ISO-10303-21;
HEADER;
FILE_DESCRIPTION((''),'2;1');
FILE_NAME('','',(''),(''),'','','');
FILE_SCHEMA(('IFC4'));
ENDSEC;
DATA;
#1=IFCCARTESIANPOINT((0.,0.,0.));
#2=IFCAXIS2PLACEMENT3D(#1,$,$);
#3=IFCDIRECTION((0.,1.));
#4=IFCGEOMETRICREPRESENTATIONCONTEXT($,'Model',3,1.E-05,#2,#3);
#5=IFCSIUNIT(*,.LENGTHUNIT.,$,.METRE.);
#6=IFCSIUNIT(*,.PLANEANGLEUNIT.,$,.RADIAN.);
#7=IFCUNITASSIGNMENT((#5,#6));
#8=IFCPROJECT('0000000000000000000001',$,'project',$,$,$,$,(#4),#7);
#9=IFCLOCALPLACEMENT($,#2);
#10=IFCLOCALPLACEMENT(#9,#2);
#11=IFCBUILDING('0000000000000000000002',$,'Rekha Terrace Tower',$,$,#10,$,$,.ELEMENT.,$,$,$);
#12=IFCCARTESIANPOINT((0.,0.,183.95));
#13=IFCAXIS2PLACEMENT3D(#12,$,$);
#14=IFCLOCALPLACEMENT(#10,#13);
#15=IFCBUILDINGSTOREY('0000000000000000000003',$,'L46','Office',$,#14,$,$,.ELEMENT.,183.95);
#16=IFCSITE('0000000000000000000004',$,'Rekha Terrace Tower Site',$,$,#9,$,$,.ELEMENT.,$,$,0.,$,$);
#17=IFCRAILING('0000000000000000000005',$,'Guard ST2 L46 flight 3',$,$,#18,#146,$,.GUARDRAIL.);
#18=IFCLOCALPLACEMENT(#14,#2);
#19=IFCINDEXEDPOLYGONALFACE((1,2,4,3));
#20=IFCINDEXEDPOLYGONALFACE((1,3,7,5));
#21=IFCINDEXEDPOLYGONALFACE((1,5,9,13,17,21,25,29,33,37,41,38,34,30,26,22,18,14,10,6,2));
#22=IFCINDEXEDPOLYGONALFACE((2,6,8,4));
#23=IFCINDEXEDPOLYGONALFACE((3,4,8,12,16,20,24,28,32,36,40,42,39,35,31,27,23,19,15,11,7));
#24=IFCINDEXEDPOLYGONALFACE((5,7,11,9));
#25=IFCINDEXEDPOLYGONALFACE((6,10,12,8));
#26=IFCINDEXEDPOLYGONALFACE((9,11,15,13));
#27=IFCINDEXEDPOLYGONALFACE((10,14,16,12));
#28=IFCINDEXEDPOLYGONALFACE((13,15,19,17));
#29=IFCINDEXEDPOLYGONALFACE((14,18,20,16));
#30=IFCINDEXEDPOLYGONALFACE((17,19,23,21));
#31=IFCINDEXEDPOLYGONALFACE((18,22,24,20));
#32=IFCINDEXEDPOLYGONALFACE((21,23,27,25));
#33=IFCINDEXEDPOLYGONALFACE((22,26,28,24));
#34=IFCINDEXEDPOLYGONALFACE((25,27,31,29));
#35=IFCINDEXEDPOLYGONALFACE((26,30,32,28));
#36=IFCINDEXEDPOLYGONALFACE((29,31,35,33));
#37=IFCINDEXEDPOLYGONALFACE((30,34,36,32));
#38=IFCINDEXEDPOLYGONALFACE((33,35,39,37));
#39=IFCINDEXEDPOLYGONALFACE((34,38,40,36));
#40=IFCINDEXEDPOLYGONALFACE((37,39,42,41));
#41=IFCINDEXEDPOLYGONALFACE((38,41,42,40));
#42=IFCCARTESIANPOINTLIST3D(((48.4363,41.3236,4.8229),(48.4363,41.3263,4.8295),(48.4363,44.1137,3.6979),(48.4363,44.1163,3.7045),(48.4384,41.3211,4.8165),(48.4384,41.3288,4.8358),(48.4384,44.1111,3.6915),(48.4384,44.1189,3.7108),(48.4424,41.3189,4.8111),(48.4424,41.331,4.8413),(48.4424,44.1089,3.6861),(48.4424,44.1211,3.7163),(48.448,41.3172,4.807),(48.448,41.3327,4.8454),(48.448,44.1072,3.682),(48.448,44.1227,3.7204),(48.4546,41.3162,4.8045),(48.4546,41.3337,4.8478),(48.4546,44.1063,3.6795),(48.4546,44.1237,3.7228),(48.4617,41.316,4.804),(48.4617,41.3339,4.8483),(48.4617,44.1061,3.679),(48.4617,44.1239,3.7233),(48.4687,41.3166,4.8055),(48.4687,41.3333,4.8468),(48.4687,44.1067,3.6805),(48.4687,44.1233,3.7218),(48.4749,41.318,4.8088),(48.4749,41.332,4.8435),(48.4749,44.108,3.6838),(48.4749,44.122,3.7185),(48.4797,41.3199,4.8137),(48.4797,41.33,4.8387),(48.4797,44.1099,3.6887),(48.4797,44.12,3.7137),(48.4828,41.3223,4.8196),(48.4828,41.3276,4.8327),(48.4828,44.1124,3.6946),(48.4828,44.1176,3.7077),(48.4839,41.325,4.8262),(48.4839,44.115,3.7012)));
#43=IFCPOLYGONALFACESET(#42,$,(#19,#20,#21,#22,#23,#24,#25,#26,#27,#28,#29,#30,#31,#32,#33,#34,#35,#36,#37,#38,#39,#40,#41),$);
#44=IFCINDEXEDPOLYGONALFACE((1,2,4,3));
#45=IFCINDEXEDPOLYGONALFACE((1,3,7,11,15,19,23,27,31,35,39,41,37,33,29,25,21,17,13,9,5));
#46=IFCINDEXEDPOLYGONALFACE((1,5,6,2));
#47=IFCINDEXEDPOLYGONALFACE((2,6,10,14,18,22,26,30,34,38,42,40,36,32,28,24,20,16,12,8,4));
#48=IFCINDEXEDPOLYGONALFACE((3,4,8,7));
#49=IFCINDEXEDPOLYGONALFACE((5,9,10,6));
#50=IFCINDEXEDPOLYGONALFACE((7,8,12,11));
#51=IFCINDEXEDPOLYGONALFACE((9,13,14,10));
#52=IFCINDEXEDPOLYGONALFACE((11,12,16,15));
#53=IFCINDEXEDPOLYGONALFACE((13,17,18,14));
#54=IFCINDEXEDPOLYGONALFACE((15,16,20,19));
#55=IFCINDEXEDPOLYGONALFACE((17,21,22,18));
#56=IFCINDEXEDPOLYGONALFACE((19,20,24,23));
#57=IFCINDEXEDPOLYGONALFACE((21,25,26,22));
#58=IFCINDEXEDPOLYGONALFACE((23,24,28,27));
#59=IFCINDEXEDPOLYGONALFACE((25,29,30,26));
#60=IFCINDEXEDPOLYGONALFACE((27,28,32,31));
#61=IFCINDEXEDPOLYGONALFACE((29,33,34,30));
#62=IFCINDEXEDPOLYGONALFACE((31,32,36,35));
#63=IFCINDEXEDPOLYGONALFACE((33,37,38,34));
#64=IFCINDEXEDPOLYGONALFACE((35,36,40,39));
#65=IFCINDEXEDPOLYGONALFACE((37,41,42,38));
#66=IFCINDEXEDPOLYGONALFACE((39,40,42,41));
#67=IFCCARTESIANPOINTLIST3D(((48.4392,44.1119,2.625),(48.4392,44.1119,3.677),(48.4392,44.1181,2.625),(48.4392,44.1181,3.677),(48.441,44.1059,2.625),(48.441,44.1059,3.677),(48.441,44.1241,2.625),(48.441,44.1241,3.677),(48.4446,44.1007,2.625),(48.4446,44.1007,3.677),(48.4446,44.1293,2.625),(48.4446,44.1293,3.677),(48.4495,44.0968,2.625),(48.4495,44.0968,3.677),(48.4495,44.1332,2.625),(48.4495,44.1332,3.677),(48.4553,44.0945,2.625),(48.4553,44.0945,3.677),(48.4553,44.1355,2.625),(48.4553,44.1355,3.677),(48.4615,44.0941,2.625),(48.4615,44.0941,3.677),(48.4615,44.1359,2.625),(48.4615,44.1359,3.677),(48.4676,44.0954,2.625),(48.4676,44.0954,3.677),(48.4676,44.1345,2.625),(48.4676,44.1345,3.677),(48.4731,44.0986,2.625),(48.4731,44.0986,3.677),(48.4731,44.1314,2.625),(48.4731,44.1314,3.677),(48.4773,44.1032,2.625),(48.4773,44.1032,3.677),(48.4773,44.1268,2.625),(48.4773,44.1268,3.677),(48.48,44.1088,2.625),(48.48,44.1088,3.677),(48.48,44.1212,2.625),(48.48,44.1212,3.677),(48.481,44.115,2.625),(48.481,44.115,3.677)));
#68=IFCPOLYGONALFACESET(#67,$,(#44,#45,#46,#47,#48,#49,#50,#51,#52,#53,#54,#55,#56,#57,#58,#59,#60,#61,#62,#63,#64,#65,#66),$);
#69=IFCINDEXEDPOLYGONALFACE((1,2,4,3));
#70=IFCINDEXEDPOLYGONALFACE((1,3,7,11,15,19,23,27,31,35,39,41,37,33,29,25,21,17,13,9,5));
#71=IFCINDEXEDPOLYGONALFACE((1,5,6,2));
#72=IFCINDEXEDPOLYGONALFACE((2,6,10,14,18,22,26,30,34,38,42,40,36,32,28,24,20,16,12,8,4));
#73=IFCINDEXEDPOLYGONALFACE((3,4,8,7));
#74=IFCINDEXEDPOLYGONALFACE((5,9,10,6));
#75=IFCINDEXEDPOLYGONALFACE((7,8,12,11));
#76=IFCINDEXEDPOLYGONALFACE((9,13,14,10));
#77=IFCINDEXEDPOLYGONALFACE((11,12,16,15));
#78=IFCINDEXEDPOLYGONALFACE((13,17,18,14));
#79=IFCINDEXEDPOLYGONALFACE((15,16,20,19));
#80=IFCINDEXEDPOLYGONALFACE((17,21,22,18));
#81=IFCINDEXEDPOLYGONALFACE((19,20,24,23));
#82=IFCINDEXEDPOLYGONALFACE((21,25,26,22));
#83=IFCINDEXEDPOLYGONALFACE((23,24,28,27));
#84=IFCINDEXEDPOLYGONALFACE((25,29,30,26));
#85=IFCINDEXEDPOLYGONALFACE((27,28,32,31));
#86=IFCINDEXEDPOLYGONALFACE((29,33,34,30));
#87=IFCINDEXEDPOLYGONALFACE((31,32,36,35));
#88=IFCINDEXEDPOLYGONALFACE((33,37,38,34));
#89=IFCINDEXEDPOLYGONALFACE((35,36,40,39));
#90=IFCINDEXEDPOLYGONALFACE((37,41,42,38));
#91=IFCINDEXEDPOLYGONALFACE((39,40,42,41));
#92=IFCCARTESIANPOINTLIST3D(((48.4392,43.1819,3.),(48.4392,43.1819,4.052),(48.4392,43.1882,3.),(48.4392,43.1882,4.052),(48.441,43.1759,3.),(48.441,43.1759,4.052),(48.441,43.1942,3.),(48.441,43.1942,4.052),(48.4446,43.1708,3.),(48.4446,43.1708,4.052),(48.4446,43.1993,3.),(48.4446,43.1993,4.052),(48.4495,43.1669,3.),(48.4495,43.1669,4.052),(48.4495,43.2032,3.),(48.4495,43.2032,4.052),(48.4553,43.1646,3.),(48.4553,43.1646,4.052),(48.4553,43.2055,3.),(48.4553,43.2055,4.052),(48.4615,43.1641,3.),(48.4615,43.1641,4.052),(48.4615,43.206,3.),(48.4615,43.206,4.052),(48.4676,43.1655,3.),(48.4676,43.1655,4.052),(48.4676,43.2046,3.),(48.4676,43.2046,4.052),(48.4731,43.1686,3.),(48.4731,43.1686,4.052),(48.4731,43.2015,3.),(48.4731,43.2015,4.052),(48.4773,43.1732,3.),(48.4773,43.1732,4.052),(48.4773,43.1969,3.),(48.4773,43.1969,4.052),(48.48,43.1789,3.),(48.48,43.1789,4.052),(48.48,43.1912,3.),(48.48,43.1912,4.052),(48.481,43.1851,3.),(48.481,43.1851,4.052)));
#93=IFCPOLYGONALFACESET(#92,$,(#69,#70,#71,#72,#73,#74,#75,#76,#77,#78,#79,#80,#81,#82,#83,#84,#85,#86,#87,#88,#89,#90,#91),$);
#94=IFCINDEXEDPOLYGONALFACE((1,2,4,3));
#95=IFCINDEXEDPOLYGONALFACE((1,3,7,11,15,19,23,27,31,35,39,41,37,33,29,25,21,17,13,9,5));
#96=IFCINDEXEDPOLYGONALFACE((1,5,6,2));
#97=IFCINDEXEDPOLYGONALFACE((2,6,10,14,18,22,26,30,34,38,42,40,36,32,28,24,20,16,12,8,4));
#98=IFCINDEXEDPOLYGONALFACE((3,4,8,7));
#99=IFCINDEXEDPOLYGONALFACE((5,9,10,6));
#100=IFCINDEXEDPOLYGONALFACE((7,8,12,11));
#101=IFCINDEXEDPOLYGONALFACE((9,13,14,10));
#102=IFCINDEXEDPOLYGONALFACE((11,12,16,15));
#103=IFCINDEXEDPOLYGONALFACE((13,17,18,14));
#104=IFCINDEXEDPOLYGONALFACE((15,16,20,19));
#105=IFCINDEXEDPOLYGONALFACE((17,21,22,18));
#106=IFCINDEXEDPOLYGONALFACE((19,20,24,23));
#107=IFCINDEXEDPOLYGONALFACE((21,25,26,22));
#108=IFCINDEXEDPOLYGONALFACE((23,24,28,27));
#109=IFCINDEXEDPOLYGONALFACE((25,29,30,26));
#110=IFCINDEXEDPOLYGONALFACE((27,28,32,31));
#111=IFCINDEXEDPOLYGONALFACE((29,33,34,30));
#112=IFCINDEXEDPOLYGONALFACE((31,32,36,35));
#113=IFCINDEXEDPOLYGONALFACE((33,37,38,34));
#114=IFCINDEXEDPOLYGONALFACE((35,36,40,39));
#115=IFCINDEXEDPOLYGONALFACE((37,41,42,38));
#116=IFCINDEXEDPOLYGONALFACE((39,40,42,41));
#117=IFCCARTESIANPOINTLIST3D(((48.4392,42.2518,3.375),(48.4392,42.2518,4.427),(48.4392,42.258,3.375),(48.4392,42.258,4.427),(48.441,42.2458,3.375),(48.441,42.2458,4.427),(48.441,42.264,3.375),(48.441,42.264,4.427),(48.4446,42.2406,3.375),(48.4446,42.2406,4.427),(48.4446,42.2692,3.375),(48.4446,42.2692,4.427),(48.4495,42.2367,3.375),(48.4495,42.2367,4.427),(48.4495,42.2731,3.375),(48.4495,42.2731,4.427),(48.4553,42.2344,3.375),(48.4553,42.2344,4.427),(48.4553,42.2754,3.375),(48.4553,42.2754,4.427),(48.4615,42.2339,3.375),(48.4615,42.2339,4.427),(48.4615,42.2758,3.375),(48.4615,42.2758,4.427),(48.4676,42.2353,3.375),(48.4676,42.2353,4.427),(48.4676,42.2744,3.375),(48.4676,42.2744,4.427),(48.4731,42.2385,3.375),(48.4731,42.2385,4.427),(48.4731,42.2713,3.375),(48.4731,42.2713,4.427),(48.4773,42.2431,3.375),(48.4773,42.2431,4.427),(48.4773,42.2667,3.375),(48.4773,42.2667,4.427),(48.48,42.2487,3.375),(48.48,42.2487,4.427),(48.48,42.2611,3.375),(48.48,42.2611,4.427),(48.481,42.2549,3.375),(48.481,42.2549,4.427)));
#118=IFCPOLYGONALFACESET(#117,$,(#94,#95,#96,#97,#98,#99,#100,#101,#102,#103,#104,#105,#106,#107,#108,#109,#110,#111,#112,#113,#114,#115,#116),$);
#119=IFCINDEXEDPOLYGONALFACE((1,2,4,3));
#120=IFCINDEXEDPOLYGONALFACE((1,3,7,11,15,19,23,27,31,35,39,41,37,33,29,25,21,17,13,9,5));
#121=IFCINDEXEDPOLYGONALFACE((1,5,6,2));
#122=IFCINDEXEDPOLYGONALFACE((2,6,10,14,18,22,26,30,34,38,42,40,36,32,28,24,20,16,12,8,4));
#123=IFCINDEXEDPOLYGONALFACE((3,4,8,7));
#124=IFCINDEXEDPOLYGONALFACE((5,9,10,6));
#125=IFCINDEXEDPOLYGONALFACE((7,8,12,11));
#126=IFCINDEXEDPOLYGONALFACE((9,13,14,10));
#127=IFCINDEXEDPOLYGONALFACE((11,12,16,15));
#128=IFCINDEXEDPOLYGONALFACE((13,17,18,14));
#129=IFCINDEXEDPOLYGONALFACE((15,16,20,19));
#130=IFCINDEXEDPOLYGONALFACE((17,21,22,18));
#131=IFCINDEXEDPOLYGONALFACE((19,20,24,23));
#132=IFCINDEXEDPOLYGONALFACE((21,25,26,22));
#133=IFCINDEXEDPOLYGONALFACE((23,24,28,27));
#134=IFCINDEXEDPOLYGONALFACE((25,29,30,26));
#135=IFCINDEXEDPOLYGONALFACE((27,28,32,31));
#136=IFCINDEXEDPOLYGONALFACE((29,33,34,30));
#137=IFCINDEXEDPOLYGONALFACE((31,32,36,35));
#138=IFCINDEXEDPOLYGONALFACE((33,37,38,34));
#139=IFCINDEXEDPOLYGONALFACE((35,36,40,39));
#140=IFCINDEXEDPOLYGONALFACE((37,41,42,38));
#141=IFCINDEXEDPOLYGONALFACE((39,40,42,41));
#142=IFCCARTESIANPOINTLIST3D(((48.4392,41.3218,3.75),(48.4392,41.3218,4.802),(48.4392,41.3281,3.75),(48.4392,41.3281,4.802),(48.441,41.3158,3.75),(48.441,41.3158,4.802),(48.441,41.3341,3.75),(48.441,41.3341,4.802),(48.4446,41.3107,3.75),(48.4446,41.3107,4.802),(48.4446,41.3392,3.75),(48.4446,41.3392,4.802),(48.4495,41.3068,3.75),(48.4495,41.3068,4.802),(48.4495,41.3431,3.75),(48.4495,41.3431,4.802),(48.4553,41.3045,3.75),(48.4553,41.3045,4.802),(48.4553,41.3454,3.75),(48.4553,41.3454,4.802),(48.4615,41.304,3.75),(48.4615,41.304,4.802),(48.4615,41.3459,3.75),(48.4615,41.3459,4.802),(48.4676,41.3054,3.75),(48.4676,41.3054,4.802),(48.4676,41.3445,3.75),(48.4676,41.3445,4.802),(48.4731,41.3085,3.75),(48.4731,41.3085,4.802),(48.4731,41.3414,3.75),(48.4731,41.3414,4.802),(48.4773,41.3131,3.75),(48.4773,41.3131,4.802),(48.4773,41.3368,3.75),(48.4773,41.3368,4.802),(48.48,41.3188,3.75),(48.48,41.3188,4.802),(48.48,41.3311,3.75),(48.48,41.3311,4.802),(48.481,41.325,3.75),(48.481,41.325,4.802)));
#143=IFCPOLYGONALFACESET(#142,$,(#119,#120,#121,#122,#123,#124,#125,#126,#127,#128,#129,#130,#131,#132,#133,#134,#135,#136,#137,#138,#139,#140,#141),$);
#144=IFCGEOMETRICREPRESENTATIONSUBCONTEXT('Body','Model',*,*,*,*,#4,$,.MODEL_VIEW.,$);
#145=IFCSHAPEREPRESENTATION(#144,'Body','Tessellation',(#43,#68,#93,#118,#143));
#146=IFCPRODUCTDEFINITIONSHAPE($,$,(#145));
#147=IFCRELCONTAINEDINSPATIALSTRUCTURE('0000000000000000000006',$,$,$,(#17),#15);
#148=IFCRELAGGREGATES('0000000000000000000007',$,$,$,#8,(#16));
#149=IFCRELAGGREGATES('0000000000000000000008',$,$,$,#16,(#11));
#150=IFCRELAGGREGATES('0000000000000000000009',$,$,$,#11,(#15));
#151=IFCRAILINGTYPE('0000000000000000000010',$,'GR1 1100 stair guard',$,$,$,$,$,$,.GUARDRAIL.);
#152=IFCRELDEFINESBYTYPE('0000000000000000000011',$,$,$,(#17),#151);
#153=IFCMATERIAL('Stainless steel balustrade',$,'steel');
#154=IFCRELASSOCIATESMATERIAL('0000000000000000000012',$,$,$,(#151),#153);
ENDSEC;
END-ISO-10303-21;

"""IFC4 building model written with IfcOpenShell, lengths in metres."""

from ifc_helpers import new_model, si_unit, direction, frame, origin, origin_2d, place, context, subcontext, project, spatial, circle, extrude, material, type_object, element, save


model = new_model("IFC4")

# Units and contexts
model_context = context("Model", 3, precision=1e-05, world=origin(), true_north=direction((0.0, 1.0)))
body_context = subcontext(model_context, "Body", "Model", "MODEL_VIEW")
ifc_project = project(units=[si_unit("LENGTHUNIT", "METRE"), si_unit("PLANEANGLEUNIT", "RADIAN")], contexts=[model_context])

# Site, building, storey
site_placement = place(None, origin())
site = spatial("IfcSite", under=ifc_project, at=site_placement, Name="Rekha Terrace Tower Site", CompositionType="ELEMENT", RefElevation=0.0)
building_placement = place(site_placement, origin())
building = spatial("IfcBuilding", under=site, at=building_placement, Name="Rekha Terrace Tower", CompositionType="ELEMENT")
storey_placement = place(building_placement, frame((0.0, 0.0, 183.95)))
storey = spatial("IfcBuildingStorey", under=building, at=storey_placement, Name="L46", Description="Office", CompositionType="ELEMENT", Elevation=183.95)

# Railing
ifc_material_1 = material(Name="Stainless steel balustrade", Category="steel")
railing_type_1 = type_object("IfcRailingType", Name="GR1 1100 stair guard", PredefinedType="GUARDRAIL", material=ifc_material_1)
railing_1_placement = place(storey_placement, frame((48.46, 44.115, 2.625)))
element("IfcRailing", 1, at=railing_1_placement, inside=storey, type_object=railing_type_1, Name="Guard ST2 L46 flight 3", PredefinedType="GUARDRAIL", context=body_context, shape_type="SweptSolid", body=[
    extrude(circle(Radius=0.0239, at=origin_2d()), frame((0.0, 0.0, 1.0762), z_axis=(0.0, -0.927443, 0.373964), x_axis=(1.0, 0.0, 0.0)), (0.0, 0.0, 1.0), 3.0083),
    extrude(circle(Radius=0.021, at=origin_2d()), origin(), (0.0, 0.0, 1.0), 1.052),
    extrude(circle(Radius=0.021, at=origin_2d()), frame((0.0, -0.9299, 0.375)), (0.0, 0.0, 1.0), 1.052),
    extrude(circle(Radius=0.021, at=origin_2d()), frame((0.0, -1.8601, 0.75)), (0.0, 0.0, 1.0), 1.052),
    extrude(circle(Radius=0.021, at=origin_2d()), frame((0.0, -2.79, 1.125)), (0.0, 0.0, 1.0), 1.052),
])

save(model, "model.ifc")
